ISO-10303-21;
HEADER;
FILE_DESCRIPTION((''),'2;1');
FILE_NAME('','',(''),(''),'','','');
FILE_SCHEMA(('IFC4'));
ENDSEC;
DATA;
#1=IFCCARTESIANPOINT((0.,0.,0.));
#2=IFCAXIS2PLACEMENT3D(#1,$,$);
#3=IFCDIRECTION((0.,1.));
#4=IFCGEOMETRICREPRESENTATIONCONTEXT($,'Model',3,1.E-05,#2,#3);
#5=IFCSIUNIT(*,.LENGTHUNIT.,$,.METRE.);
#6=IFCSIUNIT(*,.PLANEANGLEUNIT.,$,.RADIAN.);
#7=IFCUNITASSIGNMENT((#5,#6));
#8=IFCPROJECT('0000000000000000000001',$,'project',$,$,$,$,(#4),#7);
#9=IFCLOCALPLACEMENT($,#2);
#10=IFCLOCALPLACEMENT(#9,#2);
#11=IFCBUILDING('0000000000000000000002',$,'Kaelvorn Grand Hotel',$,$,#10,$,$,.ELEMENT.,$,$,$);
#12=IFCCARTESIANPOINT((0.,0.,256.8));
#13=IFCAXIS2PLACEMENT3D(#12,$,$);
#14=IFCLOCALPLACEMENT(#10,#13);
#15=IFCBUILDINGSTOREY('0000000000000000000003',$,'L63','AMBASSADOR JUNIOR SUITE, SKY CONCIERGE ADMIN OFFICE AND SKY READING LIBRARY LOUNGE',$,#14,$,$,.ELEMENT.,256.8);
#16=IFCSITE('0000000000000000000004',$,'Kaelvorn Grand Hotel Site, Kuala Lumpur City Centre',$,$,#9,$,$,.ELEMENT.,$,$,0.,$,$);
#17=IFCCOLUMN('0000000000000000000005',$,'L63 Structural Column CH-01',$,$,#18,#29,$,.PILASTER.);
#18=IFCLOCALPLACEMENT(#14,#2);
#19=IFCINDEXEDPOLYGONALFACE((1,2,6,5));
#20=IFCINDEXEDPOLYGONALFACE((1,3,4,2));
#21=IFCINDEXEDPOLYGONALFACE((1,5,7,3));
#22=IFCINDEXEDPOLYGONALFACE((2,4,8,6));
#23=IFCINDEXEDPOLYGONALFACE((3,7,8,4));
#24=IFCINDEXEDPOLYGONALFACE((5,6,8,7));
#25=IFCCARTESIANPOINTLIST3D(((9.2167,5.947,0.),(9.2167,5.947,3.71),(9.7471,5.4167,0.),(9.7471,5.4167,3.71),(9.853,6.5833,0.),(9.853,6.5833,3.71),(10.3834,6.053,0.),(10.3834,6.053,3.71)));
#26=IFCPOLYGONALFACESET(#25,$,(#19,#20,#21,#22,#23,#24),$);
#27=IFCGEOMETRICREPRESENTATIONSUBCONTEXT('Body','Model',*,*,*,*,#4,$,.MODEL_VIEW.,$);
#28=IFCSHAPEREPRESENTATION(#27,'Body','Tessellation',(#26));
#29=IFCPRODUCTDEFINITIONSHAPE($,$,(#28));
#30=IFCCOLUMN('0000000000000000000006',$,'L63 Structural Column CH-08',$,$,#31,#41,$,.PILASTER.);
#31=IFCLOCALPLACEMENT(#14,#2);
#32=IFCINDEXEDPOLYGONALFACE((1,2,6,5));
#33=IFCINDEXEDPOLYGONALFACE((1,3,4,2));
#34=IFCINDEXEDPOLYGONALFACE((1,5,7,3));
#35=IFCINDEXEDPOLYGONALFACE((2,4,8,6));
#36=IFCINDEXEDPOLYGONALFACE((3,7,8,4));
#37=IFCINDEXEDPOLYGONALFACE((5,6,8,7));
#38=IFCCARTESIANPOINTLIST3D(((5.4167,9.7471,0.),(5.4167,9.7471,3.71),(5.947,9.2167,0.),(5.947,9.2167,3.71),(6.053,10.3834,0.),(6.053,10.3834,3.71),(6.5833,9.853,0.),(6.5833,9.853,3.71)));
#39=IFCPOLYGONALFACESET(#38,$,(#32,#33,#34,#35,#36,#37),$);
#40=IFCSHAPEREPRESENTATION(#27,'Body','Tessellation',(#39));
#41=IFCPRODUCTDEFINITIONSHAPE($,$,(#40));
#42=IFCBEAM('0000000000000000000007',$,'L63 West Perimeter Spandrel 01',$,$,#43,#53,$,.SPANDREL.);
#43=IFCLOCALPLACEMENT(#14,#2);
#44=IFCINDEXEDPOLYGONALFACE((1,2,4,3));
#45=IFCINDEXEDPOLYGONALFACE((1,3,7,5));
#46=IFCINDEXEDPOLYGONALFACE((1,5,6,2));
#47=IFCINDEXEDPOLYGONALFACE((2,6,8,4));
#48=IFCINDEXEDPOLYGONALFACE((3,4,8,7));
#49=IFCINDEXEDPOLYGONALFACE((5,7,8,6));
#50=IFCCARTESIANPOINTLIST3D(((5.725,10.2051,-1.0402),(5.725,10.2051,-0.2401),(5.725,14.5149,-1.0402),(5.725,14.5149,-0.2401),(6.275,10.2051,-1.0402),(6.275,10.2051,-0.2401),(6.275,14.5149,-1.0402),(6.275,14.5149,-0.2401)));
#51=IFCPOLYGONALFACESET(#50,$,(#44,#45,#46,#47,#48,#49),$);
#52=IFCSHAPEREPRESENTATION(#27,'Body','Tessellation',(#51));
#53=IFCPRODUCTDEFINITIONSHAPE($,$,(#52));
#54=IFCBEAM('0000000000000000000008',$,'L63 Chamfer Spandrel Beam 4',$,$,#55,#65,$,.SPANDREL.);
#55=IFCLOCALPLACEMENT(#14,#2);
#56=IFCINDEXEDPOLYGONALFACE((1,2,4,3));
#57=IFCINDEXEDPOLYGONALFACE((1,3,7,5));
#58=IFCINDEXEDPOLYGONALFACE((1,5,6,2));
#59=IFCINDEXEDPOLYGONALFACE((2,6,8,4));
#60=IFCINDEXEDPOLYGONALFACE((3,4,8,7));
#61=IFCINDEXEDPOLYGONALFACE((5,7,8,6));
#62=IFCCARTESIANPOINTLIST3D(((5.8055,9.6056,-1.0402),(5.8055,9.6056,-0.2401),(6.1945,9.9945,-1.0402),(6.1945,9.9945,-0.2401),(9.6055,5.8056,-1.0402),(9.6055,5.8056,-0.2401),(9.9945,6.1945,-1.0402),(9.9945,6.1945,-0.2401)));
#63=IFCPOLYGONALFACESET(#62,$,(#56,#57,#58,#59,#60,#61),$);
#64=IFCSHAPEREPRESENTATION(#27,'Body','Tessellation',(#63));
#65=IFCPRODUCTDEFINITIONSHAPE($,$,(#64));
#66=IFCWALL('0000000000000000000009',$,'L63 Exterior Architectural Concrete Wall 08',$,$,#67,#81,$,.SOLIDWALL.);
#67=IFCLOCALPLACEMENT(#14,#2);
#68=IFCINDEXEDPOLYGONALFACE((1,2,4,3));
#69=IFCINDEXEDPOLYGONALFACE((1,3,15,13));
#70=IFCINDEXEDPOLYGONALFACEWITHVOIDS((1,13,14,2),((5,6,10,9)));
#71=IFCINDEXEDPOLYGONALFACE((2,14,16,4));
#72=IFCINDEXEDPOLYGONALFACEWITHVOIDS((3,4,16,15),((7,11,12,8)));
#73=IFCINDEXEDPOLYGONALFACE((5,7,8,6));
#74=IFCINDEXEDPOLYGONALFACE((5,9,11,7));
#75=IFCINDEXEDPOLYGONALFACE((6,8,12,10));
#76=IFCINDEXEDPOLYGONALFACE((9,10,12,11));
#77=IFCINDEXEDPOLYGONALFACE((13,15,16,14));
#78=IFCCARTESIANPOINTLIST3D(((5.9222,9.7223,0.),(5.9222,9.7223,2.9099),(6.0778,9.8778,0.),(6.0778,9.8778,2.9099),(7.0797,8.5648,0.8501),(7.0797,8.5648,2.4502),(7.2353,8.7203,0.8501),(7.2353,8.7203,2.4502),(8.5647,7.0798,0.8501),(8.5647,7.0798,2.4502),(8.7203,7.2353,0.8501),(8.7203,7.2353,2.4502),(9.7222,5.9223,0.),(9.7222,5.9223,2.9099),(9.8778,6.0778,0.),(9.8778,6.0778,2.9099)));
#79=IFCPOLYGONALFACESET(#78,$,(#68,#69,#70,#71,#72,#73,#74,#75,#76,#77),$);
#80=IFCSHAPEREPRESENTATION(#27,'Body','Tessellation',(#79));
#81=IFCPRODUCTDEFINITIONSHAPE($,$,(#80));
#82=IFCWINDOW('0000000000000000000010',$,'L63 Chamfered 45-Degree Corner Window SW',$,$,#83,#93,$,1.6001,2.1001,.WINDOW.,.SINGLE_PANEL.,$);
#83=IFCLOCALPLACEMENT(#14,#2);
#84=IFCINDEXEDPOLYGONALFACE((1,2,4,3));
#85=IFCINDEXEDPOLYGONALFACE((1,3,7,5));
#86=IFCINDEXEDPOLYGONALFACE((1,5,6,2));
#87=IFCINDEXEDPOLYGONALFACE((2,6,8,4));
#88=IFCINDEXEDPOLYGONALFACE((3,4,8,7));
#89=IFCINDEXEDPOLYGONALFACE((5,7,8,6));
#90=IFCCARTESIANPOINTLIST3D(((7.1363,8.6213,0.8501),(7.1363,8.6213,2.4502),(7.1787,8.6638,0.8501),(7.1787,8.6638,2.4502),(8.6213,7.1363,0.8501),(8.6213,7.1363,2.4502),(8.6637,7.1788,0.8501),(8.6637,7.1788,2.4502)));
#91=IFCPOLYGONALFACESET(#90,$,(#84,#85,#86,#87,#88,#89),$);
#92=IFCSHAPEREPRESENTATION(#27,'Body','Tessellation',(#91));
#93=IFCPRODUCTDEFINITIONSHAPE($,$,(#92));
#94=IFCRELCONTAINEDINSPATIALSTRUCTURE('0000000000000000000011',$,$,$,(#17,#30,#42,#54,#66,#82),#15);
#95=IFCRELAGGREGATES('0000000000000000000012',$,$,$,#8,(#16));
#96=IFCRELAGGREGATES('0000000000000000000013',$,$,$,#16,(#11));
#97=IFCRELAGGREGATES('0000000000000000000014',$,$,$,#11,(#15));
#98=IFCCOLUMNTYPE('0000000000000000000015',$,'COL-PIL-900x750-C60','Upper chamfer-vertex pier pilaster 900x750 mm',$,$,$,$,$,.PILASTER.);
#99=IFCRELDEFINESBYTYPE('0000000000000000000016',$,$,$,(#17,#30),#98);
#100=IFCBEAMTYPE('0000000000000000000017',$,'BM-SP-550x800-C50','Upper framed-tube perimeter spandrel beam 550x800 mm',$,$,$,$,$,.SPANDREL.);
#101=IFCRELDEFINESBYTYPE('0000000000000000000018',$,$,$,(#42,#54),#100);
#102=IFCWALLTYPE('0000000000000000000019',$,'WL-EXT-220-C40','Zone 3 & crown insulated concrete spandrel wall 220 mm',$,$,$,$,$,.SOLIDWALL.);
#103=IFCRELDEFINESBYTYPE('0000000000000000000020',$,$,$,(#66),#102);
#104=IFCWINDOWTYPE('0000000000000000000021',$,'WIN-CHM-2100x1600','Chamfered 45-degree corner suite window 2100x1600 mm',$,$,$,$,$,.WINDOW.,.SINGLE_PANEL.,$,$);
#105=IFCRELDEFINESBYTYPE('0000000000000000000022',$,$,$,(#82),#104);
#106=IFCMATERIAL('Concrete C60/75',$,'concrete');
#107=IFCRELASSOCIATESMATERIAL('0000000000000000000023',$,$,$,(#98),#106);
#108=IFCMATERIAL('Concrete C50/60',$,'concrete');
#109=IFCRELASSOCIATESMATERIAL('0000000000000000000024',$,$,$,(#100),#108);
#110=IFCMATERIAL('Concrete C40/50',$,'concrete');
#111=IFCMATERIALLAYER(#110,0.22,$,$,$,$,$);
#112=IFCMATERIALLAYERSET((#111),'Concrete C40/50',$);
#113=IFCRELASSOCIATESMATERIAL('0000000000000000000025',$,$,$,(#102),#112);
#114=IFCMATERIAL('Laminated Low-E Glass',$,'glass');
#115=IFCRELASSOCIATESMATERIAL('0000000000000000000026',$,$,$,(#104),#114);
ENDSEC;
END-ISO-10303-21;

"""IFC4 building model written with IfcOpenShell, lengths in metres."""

from ifc_helpers import new_model, si_unit, direction, frame, frame_2d, origin, origin_2d, place, context, subcontext, project, spatial, rectangle, extrude, material, layer, layer_set, material_profile, profile_set, type_object, element, fill, save


model = new_model("IFC4")

# Units and contexts
model_context = context("Model", 3, precision=1e-05, world=origin(), true_north=direction((0.0, 1.0)))
body_context = subcontext(model_context, "Body", "Model", "MODEL_VIEW")
ifc_project = project(units=[si_unit("LENGTHUNIT", "METRE"), si_unit("PLANEANGLEUNIT", "RADIAN")], contexts=[model_context])

# Site, building, storey
site_placement = place(None, origin())
site = spatial("IfcSite", under=ifc_project, at=site_placement, Name="Kaelvorn Grand Hotel Site, Kuala Lumpur City Centre", CompositionType="ELEMENT", RefElevation=0.0)
building_placement = place(site_placement, origin())
building = spatial("IfcBuilding", under=site, at=building_placement, Name="Kaelvorn Grand Hotel", CompositionType="ELEMENT")
storey_placement = place(building_placement, frame((0.0, 0.0, 256.8)))
storey = spatial("IfcBuildingStorey", under=building, at=storey_placement, Name="L63", Description="AMBASSADOR JUNIOR SUITE, SKY CONCIERGE ADMIN OFFICE AND SKY READING LIBRARY LOUNGE", CompositionType="ELEMENT", Elevation=256.8)

# Columns
ifc_material_1 = material(Name="Concrete C60/75", Category="concrete")
ifc_material_profile_1 = material_profile(ifc_material_1, rectangle(XDim=0.8999, YDim=0.75, at=origin_2d()), Name="RC PILASTER 900x750")
ifc_profile_set_1 = profile_set([ifc_material_profile_1], Name="Concrete C60/75")
column_type = type_object("IfcColumnType", Name="COL-PIL-900x750-C60", Description="Upper chamfer-vertex pier pilaster 900x750 mm", PredefinedType="PILASTER", material=ifc_profile_set_1)
for number, where, z_axis, x_axis, name in (
    (1, (9.8, 6.0, 0.0), (0.0, 0.0, 1.0), (0.707107, 0.707107, 0.0), "L63 Structural Column CH-01"),
    (2, (6.0, 9.8, 0.0), (0.0, 0.0, 1.0), (0.707107, 0.707107, 0.0), "L63 Structural Column CH-08"),
):
    element("IfcColumn", number, at=place(storey_placement, frame(where, z_axis=z_axis, x_axis=x_axis)), inside=storey, type_object=column_type, Name=name, PredefinedType="PILASTER", context=body_context, shape_type="SweptSolid", body=[
        extrude(rectangle(XDim=0.8999, YDim=0.75, at=origin_2d()), origin(), (0.0, 0.0, 1.0), 3.71),
    ])

# Beams
ifc_material_2 = material(Name="Concrete C50/60", Category="concrete")
ifc_material_profile_2 = material_profile(ifc_material_2, rectangle(XDim=0.55, YDim=0.8, at=origin_2d()), Name="RC SPANDREL 550x800")
ifc_profile_set_2 = profile_set([ifc_material_profile_2], Name="Concrete C50/60")
beam_type = type_object("IfcBeamType", Name="BM-SP-550x800-C50", Description="Upper framed-tube perimeter spandrel beam 550x800 mm", PredefinedType="SPANDREL", material=ifc_profile_set_2)
beam_1_placement = place(storey_placement, frame((6.0, 10.2051, -0.6401), z_axis=(0.0, 1.0, 0.0), x_axis=(-1.0, 0.0, 0.0)))
element("IfcBeam", 3, at=beam_1_placement, inside=storey, type_object=beam_type, Name="L63 West Perimeter Spandrel 01", PredefinedType="SPANDREL", context=body_context, shape_type="SweptSolid", body=[
    extrude(rectangle(XDim=0.55, YDim=0.8, at=origin_2d()), origin(), (0.0, 0.0, 1.0), 4.3098),
])
beam_2_placement = place(storey_placement, frame((6.0, 9.8, -0.6401), z_axis=(0.707107, -0.707107, 0.0), x_axis=(0.707107, 0.707107, 0.0)))
element("IfcBeam", 4, at=beam_2_placement, inside=storey, type_object=beam_type, Name="L63 Chamfer Spandrel Beam 4", PredefinedType="SPANDREL", context=body_context, shape_type="SweptSolid", body=[
    extrude(rectangle(XDim=0.55, YDim=0.8, at=origin_2d()), origin(), (0.0, 0.0, 1.0), 5.374),
])

# Wall, opening, window
ifc_material_3 = material(Name="Concrete C40/50", Category="concrete")
ifc_layer = layer(ifc_material_3, 0.22)
ifc_layer_set = layer_set([ifc_layer], Name="Concrete C40/50")
wall_type = type_object("IfcWallType", Name="WL-EXT-220-C40", Description="Zone 3 & crown insulated concrete spandrel wall 220 mm", PredefinedType="SOLIDWALL", material=ifc_layer_set)
wall_placement = place(storey_placement, frame((6.0, 9.8, 0.0), z_axis=(0.0, 0.0, 1.0), x_axis=(0.707107, -0.707107, 0.0)))
wall = element("IfcWall", 5, at=wall_placement, inside=storey, type_object=wall_type, Name="L63 Exterior Architectural Concrete Wall 08", PredefinedType="SOLIDWALL", context=body_context, shape_type="SweptSolid", body=[
    extrude(rectangle(XDim=5.374, YDim=0.22, at=frame_2d((2.687, 0.0))), origin(), (0.0, 0.0, 1.0), 2.9099),
])
opening_placement = place(wall_placement, frame((1.637, 0.0, 0.8501)))
opening = element("IfcOpeningElement", 6, at=opening_placement, cuts=wall, PredefinedType="OPENING", context=body_context, shape_type="SweptSolid", body=[
    extrude(rectangle(XDim=2.1001, YDim=1.6001, at=frame_2d((1.05, 0.8))), frame((0.0, 0.1201, 0.0), z_axis=(0.0, -1.0, 0.0), x_axis=(1.0, 0.0, 0.0)), (0.0, 0.0, 1.0), 0.24),
])
ifc_material_4 = material(Name="Laminated Low-E Glass", Category="glass")
window_type = type_object("IfcWindowType", Name="WIN-CHM-2100x1600", Description="Chamfered 45-degree corner suite window 2100x1600 mm", PartitioningType="SINGLE_PANEL", PredefinedType="WINDOW", material=ifc_material_4)
window_placement = place(opening_placement, origin())
window = element("IfcWindow", 7, at=window_placement, inside=storey, type_object=window_type, Name="L63 Chamfered 45-Degree Corner Window SW", OverallHeight=1.6001, OverallWidth=2.1001, PartitioningType="SINGLE_PANEL", PredefinedType="WINDOW", context=body_context, shape_type="SweptSolid", body=[
    extrude(rectangle(XDim=2.1001, YDim=1.6001, at=frame_2d((1.05, 0.8))), frame((0.0, 0.03, 0.0), z_axis=(0.0, -1.0, 0.0), x_axis=(1.0, 0.0, 0.0)), (0.0, 0.0, 1.0), 0.0601),
])
fill(opening, window)

save(model, "model.ifc")
